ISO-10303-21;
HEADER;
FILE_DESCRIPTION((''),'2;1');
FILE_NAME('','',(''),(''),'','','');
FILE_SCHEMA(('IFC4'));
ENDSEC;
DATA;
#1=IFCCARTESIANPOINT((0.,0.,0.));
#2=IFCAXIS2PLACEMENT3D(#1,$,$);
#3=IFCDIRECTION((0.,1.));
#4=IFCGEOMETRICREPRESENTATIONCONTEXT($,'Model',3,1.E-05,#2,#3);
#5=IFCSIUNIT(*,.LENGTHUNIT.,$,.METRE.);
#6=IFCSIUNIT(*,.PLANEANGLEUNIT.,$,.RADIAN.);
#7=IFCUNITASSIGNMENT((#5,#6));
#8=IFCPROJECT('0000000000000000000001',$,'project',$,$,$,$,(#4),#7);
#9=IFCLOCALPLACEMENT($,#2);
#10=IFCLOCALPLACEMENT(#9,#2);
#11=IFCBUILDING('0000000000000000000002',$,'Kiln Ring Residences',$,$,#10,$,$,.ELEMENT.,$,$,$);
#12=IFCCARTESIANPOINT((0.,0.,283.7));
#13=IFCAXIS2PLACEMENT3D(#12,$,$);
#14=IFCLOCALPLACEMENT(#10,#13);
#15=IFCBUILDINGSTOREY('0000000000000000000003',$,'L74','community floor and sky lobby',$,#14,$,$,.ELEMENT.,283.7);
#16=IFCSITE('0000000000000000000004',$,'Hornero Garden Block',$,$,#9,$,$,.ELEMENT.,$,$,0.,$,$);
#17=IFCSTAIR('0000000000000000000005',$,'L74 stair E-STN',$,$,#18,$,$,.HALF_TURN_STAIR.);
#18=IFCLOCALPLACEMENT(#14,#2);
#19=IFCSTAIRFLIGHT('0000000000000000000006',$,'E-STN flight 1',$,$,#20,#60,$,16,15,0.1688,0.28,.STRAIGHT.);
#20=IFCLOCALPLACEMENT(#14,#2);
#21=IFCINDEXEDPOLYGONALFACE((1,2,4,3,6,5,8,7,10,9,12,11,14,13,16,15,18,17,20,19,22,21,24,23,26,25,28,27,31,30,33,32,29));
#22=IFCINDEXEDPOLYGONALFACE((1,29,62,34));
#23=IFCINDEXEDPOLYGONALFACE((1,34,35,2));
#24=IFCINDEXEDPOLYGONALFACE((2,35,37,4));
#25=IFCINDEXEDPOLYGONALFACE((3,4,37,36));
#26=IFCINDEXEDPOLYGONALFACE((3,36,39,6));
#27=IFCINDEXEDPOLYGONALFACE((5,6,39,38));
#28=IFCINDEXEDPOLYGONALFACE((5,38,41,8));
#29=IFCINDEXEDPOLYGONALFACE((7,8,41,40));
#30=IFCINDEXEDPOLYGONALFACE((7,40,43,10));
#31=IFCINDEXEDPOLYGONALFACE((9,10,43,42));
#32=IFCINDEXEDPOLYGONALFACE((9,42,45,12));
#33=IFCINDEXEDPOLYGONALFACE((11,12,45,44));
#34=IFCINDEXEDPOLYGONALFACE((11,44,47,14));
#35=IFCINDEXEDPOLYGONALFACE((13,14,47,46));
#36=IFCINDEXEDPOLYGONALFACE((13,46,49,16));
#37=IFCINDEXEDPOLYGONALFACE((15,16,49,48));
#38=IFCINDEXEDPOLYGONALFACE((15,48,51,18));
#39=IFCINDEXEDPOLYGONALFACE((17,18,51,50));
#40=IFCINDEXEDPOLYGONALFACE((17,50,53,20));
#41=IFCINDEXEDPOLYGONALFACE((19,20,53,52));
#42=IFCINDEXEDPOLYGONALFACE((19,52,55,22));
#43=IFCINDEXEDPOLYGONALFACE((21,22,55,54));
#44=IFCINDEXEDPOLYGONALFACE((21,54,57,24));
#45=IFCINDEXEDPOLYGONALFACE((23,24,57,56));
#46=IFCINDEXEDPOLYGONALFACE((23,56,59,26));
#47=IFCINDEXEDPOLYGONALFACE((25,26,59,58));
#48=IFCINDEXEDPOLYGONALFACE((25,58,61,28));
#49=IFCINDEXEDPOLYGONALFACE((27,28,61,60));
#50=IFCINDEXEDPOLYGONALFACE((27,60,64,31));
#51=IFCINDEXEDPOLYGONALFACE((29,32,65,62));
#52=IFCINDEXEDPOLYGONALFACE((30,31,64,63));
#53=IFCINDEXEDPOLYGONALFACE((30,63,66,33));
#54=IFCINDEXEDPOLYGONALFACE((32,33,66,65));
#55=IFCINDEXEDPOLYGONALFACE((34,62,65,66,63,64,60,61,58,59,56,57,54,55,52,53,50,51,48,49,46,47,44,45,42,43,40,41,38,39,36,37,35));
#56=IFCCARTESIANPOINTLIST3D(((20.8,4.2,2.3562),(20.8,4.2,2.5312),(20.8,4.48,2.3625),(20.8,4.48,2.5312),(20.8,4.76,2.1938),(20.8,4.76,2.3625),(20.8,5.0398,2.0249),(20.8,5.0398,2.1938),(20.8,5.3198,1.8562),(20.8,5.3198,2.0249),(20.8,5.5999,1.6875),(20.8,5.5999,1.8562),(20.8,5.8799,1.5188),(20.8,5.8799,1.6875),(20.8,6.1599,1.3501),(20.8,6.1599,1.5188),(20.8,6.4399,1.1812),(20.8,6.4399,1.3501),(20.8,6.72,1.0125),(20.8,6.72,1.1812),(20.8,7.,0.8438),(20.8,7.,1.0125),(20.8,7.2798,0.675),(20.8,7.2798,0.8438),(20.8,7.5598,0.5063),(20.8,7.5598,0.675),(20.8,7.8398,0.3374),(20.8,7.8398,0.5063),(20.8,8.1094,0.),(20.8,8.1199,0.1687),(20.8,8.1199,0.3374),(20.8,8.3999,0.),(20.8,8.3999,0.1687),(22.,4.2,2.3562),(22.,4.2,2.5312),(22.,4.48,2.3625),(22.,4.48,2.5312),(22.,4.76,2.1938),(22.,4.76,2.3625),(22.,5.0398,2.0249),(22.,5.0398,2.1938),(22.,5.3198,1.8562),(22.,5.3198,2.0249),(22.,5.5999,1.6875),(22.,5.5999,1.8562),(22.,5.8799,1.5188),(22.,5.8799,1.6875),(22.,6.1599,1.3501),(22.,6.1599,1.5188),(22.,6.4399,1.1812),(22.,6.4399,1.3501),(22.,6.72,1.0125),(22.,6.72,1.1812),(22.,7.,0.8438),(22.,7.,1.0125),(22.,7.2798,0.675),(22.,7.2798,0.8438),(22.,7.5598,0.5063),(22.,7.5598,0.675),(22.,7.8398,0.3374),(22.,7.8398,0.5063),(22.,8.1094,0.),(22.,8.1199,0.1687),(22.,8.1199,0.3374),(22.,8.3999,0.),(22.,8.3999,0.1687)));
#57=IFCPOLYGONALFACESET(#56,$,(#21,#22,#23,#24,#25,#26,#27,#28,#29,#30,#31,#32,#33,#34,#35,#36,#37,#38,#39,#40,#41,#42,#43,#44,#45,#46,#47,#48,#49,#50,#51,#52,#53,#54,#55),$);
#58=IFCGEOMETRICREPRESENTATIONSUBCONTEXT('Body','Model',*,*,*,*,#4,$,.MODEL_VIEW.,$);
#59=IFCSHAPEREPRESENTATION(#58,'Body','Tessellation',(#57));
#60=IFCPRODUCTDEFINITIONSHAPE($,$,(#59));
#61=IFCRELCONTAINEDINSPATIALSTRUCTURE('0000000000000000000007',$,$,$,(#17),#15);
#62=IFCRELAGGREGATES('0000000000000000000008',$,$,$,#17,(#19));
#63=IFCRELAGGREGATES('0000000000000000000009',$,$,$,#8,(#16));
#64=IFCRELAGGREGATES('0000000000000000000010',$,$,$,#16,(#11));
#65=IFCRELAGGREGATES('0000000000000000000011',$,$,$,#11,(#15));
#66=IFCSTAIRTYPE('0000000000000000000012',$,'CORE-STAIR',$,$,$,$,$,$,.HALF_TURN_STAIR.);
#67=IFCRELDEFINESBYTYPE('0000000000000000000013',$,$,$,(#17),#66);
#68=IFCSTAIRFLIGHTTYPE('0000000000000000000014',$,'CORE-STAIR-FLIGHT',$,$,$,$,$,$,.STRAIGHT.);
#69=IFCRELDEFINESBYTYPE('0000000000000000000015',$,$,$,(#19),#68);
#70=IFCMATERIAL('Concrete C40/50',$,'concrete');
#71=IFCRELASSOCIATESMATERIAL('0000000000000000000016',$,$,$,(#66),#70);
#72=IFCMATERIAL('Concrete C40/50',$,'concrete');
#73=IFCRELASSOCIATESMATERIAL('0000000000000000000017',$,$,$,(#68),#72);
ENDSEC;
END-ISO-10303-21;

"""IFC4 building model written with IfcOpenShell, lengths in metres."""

from ifc_helpers import new_model, si_unit, direction, frame, origin, place, context, subcontext, project, spatial, polyline, outline, extrude, material, type_object, element, aggregate, save


model = new_model("IFC4")

# Units and contexts
model_context = context("Model", 3, precision=1e-05, world=origin(), true_north=direction((0.0, 1.0)))
body_context = subcontext(model_context, "Body", "Model", "MODEL_VIEW")
ifc_project = project(units=[si_unit("LENGTHUNIT", "METRE"), si_unit("PLANEANGLEUNIT", "RADIAN")], contexts=[model_context])

# Site, building, storey
site_placement = place(None, origin())
site = spatial("IfcSite", under=ifc_project, at=site_placement, Name="Hornero Garden Block", CompositionType="ELEMENT", RefElevation=0.0)
building_placement = place(site_placement, origin())
building = spatial("IfcBuilding", under=site, at=building_placement, Name="Kiln Ring Residences", CompositionType="ELEMENT")
storey_placement = place(building_placement, frame((0.0, 0.0, 283.7)))
storey = spatial("IfcBuildingStorey", under=building, at=storey_placement, Name="L74", Description="community floor and sky lobby", CompositionType="ELEMENT", Elevation=283.7)

# Shared definitions
placement = place(storey_placement, origin())

# Stair, stair flight
ifc_material_1 = material(Name="Concrete C40/50", Category="concrete")
stair_type = type_object("IfcStairType", Name="CORE-STAIR", PredefinedType="HALF_TURN_STAIR", material=ifc_material_1)
stair = element("IfcStair", 1, at=placement, inside=storey, type_object=stair_type, Name="L74 stair E-STN", PredefinedType="HALF_TURN_STAIR")
ifc_material_2 = material(Name="Concrete C40/50", Category="concrete")
stair_flight_type = type_object("IfcStairFlightType", Name="CORE-STAIR-FLIGHT", PredefinedType="STRAIGHT", material=ifc_material_2)
stair_flight_placement = place(storey_placement, frame((21.3999, 8.3999, 0.0), z_axis=(0.0, 0.0, 1.0), x_axis=(0.0, -1.0, 0.0)))
stair_flight = element("IfcStairFlight", 2, at=stair_flight_placement, type_object=stair_flight_type, Name="E-STN flight 1", NumberOfRisers=16, NumberOfTreads=15, PredefinedType="STRAIGHT", RiserHeight=0.1688, TreadLength=0.28, context=body_context, shape_type="SweptSolid", body=[
    extrude(outline(polyline([(0.0, 0.0), (0.0, 0.1687), (0.28, 0.1687), (0.28, 0.3374), (0.5601, 0.3374), (0.5601, 0.5063), (0.8401, 0.5063), (0.8401, 0.675), (1.1201, 0.675), (1.1201, 0.8438), (1.3999, 0.8438), (1.3999, 1.0125), (1.6799, 1.0125), (1.6799, 1.1812), (1.96, 1.1812), (1.96, 1.3501), (2.24, 1.3501), (2.24, 1.5188), (2.52, 1.5188), (2.52, 1.6875), (2.8, 1.6875), (2.8, 1.8562), (3.0801, 1.8562), (3.0801, 2.0249), (3.3601, 2.0249), (3.3601, 2.1938), (3.6399, 2.1938), (3.6399, 2.3625), (3.9199, 2.3625), (3.9199, 2.5312), (4.2, 2.5312), (4.2, 2.7), (4.2, 2.3562), (0.2905, 0.0), (0.0, 0.0)])), frame((0.0, 0.6001, 0.0), z_axis=(0.0, -1.0, 0.0), x_axis=(1.0, 0.0, 0.0)), (0.0, 0.0, 1.0), 1.2),
])
aggregate(stair, [stair_flight])

save(model, "model.ifc")
